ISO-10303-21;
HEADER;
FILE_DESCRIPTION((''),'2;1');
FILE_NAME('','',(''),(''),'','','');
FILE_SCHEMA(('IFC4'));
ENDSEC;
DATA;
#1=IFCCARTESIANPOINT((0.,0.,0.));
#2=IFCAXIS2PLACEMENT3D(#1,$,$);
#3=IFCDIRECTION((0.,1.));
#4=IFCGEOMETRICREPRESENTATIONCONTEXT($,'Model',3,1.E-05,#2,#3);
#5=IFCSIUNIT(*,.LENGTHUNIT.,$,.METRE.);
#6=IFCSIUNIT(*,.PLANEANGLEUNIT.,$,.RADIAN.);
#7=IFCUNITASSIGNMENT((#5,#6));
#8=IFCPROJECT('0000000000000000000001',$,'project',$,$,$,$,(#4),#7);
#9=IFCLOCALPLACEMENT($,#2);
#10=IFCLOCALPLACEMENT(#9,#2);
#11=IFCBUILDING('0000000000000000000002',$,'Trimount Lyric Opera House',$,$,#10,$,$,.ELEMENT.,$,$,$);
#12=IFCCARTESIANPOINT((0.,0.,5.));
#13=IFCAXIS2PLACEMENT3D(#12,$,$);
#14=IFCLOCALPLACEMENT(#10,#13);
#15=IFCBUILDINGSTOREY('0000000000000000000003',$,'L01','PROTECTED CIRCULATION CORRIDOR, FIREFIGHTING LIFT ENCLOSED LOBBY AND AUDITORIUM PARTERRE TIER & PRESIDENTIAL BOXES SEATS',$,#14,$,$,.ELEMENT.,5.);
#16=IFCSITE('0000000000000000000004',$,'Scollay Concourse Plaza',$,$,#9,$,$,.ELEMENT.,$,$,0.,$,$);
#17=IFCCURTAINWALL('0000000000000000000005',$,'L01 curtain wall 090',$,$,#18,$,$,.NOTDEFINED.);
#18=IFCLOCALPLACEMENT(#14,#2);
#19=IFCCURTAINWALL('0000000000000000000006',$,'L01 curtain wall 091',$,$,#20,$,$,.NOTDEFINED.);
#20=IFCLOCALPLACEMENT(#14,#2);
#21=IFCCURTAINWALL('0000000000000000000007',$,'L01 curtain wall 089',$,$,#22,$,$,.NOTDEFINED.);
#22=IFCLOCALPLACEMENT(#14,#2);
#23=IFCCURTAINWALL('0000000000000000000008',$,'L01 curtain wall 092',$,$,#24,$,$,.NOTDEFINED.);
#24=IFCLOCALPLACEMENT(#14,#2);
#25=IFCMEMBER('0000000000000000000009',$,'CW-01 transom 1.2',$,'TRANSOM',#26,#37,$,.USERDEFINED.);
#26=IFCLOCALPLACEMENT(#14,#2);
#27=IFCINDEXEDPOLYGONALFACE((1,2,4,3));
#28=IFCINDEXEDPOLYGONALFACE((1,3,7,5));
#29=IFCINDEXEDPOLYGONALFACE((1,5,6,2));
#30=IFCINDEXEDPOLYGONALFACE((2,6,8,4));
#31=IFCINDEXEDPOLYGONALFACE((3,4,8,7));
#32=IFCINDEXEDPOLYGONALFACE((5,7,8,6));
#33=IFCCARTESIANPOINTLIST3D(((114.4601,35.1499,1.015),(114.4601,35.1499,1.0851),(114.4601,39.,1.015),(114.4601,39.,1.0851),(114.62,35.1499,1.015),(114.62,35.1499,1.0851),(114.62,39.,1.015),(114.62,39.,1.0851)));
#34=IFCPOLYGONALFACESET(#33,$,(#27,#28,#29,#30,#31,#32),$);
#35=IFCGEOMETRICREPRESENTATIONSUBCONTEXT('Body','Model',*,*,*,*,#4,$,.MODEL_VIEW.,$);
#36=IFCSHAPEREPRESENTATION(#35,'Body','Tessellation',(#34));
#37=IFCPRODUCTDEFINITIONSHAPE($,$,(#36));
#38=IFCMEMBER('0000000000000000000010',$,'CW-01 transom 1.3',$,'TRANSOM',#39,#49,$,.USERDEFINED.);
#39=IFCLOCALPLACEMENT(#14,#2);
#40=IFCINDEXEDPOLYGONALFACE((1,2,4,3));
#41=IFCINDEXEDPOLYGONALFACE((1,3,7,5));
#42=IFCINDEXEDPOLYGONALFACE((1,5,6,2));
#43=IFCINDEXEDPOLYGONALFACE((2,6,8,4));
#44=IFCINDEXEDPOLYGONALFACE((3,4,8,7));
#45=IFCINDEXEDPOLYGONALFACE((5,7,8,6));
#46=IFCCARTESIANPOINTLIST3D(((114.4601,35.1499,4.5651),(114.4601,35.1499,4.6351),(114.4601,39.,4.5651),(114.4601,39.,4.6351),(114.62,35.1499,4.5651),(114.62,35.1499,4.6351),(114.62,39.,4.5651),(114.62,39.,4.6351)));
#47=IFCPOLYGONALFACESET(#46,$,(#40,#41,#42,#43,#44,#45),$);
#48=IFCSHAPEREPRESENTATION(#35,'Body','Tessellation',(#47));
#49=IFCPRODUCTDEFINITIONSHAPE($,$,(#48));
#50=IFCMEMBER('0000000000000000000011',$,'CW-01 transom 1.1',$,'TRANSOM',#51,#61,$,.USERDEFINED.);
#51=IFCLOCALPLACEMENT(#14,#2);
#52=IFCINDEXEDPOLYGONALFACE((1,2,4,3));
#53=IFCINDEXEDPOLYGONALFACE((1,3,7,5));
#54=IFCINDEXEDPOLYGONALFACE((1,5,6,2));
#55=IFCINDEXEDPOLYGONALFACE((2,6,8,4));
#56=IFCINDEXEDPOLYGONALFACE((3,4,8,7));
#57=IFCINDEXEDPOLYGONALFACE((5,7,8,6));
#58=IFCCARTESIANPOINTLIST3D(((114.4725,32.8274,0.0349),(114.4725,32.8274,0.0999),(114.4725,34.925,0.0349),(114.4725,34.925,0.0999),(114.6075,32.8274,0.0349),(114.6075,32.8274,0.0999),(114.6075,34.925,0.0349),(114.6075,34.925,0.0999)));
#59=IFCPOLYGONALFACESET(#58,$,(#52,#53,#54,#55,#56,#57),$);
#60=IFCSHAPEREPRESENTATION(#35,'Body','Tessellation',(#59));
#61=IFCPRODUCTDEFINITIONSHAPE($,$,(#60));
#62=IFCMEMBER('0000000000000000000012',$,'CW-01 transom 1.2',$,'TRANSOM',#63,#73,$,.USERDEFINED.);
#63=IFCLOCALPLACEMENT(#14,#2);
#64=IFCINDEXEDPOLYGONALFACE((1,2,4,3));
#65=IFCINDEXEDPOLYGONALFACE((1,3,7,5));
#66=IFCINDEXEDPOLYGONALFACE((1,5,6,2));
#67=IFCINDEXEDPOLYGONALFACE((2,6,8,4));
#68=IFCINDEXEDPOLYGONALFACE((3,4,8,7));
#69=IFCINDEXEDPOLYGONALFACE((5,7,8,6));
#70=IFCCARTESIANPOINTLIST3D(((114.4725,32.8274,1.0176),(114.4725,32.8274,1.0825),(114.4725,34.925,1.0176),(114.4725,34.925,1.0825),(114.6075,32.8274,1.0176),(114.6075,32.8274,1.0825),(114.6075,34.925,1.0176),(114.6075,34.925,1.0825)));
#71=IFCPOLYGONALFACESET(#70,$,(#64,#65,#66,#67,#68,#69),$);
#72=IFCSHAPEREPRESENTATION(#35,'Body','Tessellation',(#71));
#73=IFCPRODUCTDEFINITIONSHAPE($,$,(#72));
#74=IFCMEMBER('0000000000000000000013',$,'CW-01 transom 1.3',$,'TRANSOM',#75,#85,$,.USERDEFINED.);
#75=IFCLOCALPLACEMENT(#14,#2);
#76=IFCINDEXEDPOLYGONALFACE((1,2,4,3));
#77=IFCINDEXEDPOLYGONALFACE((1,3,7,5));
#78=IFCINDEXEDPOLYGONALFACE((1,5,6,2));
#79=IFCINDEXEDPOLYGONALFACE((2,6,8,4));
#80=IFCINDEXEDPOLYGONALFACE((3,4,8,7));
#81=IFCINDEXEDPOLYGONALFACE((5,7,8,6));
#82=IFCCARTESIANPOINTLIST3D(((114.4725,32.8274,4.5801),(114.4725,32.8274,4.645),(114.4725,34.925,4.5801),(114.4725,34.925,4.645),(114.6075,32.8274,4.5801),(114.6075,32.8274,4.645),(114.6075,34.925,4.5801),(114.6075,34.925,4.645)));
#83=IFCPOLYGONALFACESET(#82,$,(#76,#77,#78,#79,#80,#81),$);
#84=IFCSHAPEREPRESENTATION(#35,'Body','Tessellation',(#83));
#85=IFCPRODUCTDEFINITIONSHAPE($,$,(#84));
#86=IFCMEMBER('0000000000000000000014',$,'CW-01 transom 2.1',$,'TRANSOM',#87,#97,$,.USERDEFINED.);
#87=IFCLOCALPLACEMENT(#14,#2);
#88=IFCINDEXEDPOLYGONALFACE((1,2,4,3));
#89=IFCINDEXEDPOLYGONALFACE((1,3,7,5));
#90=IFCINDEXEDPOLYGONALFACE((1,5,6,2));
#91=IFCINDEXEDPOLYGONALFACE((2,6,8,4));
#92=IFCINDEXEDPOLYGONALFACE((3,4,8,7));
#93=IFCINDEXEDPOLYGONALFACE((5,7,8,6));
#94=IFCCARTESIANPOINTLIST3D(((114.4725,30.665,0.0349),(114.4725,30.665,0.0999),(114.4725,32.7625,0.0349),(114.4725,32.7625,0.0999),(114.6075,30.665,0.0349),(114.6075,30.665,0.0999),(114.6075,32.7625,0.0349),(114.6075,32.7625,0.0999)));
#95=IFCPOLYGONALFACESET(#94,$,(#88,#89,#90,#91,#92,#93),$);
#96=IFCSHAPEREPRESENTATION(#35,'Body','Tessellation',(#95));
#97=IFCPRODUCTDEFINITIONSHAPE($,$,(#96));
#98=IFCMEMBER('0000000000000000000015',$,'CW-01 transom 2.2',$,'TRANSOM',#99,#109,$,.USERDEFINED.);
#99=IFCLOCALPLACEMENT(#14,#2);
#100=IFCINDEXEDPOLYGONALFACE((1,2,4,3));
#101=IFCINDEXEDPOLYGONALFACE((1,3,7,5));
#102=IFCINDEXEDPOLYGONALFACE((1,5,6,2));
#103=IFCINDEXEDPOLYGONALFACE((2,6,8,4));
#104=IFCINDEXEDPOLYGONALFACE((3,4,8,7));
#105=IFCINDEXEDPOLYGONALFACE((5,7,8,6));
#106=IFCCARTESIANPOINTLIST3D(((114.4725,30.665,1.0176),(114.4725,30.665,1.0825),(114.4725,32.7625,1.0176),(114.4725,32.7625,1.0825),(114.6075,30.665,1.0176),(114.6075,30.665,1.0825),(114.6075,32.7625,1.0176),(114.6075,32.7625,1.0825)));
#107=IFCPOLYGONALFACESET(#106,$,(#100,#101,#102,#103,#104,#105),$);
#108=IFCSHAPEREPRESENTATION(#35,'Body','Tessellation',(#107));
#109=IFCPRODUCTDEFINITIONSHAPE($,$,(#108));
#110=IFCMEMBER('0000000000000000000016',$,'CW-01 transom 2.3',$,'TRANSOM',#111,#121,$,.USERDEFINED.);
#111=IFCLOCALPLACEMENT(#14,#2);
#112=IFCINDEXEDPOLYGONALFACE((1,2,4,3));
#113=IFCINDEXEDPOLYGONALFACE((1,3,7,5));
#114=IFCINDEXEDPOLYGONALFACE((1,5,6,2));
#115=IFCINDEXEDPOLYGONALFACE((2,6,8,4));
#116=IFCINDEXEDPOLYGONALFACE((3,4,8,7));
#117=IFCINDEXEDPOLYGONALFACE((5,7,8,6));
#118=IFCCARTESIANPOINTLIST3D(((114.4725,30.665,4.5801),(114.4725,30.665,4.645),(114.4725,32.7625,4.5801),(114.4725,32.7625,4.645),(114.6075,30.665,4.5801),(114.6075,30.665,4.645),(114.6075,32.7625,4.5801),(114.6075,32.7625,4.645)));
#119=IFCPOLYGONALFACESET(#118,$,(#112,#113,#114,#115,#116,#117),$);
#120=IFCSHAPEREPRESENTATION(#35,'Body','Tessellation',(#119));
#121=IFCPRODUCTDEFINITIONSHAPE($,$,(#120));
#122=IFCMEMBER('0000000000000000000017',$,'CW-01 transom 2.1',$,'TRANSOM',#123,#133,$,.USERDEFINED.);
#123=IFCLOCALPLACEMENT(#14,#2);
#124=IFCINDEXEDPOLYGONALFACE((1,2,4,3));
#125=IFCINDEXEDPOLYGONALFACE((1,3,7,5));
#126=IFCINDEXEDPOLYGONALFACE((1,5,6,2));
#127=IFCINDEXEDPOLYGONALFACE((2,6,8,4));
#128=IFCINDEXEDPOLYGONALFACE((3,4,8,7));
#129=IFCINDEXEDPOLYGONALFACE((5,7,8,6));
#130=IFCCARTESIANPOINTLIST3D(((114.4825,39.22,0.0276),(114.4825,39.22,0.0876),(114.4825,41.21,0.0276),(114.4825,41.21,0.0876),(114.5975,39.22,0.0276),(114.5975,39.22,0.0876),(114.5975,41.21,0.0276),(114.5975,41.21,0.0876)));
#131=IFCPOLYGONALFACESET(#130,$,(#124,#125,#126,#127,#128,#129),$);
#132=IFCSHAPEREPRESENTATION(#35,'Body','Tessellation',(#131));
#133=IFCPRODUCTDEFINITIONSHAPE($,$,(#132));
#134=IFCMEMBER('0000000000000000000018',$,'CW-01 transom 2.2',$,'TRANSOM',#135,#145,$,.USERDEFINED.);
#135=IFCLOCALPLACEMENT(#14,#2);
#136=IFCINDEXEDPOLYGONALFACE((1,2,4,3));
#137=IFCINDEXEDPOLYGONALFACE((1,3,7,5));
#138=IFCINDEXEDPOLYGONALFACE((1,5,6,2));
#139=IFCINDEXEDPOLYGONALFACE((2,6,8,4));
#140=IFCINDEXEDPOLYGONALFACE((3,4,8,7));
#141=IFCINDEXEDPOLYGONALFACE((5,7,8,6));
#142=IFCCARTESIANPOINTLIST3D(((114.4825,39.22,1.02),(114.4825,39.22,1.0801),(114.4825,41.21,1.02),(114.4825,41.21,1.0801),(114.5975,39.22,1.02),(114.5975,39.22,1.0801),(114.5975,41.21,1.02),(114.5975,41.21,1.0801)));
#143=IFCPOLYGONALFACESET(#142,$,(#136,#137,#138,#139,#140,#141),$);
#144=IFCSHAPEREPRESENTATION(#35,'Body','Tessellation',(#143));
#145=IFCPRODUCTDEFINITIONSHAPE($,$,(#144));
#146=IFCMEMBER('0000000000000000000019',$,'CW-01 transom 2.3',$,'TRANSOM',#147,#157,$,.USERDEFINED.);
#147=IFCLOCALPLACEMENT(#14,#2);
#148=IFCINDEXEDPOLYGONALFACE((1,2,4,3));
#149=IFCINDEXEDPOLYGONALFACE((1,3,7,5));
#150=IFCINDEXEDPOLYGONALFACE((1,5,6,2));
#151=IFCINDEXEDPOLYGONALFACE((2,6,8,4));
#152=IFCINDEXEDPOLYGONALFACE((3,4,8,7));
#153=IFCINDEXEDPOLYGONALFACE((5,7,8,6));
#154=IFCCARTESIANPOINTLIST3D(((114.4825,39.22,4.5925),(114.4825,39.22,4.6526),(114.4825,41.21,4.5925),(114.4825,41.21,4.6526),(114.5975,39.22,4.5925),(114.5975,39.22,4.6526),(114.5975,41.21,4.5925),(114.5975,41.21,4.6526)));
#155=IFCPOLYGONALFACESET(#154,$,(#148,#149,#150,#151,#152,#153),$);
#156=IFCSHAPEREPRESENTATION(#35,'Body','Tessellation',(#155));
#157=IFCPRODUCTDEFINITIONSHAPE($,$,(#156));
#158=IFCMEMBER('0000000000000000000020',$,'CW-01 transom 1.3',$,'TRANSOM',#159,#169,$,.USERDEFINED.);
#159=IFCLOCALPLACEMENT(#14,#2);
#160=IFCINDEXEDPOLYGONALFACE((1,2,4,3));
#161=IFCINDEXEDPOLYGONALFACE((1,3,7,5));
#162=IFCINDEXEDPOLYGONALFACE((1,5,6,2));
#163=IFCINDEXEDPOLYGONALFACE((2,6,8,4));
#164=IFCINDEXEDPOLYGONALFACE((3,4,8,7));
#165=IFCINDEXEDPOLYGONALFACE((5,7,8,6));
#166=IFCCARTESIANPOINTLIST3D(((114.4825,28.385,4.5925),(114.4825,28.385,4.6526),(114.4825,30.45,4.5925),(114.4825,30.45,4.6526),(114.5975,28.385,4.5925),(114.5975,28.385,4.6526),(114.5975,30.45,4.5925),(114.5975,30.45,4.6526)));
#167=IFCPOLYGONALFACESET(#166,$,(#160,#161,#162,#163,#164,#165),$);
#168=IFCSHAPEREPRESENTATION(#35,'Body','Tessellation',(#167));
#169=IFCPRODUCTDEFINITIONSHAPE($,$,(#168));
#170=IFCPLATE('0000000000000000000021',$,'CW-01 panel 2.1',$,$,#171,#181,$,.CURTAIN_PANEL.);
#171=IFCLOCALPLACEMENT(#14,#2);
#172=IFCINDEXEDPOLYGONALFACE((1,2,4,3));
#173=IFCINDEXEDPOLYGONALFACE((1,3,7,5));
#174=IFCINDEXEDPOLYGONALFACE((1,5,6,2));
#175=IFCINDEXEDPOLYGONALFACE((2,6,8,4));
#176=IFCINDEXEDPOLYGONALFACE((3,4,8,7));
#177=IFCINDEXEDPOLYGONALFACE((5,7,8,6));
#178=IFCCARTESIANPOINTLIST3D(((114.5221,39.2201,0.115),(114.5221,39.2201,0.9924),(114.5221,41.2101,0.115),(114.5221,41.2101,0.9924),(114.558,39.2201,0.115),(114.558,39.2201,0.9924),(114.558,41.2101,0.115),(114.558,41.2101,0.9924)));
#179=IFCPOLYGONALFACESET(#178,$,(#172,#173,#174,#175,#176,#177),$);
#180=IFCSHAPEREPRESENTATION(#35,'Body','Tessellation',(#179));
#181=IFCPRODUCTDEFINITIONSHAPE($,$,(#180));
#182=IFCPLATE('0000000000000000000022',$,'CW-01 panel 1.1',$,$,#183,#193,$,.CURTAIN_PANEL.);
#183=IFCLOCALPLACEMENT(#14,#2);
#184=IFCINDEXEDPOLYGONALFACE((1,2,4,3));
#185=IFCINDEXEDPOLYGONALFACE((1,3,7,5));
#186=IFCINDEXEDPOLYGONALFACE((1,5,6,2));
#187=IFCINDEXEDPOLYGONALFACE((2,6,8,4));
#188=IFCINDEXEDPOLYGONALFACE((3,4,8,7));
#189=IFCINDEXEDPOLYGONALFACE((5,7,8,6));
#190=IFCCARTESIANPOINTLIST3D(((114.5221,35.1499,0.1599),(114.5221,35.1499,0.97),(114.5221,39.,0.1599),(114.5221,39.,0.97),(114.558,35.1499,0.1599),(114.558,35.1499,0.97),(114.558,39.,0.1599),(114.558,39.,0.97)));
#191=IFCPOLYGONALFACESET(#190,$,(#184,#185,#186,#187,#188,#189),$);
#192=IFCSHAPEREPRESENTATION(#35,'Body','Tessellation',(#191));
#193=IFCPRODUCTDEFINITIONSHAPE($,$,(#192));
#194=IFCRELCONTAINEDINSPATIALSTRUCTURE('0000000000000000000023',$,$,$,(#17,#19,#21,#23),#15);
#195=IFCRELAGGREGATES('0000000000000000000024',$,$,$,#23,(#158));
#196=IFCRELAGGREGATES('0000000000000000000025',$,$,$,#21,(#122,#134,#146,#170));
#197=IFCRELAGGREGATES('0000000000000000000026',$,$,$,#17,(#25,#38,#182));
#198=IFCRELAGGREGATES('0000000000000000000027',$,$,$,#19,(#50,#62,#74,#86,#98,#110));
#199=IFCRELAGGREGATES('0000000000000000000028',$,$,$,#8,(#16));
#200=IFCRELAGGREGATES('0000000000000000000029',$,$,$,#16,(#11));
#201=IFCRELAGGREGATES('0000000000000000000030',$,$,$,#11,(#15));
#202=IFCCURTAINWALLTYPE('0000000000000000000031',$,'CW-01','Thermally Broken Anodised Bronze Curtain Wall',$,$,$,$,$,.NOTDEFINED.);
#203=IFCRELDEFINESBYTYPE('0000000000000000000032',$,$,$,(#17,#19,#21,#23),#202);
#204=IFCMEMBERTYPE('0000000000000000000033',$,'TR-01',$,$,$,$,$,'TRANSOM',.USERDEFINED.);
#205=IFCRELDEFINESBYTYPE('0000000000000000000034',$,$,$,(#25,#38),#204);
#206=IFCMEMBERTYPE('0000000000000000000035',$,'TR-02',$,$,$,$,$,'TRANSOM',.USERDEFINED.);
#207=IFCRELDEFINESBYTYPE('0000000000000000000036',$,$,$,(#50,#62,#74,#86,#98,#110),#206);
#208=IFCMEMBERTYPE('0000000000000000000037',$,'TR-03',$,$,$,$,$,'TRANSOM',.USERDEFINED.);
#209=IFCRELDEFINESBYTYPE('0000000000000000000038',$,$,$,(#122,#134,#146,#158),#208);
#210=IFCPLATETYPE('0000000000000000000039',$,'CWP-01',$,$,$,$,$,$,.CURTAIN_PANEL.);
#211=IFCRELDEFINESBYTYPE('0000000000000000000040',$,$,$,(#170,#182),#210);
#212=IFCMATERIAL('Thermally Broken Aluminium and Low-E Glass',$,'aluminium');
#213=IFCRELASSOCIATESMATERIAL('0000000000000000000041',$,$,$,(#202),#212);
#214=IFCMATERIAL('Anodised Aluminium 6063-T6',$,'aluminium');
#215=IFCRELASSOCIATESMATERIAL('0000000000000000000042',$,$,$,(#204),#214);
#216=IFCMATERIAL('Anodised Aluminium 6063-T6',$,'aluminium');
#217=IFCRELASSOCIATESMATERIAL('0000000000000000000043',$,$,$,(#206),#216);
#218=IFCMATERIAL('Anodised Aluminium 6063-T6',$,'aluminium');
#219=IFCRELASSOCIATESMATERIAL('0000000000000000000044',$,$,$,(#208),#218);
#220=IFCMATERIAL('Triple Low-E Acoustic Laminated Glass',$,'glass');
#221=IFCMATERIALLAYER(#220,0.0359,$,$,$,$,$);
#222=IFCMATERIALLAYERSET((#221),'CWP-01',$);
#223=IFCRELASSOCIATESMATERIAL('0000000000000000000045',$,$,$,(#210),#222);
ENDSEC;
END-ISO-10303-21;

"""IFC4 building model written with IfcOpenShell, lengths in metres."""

from ifc_helpers import new_model, si_unit, direction, frame, origin, origin_2d, place, context, subcontext, project, spatial, rectangle, extrude, material, layer, layer_set, material_profile, profile_set, type_object, element, aggregate, save


model = new_model("IFC4")

# Units and contexts
model_context = context("Model", 3, precision=1e-05, world=origin(), true_north=direction((0.0, 1.0)))
body_context = subcontext(model_context, "Body", "Model", "MODEL_VIEW")
ifc_project = project(units=[si_unit("LENGTHUNIT", "METRE"), si_unit("PLANEANGLEUNIT", "RADIAN")], contexts=[model_context])

# Site, building, storey
site_placement = place(None, origin())
site = spatial("IfcSite", under=ifc_project, at=site_placement, Name="Scollay Concourse Plaza", CompositionType="ELEMENT", RefElevation=0.0)
building_placement = place(site_placement, origin())
building = spatial("IfcBuilding", under=site, at=building_placement, Name="Trimount Lyric Opera House", CompositionType="ELEMENT")
storey_placement = place(building_placement, frame((0.0, 0.0, 5.0)))
storey = spatial("IfcBuildingStorey", under=building, at=storey_placement, Name="L01", Description="PROTECTED CIRCULATION CORRIDOR, FIREFIGHTING LIFT ENCLOSED LOBBY AND AUDITORIUM PARTERRE TIER & PRESIDENTIAL BOXES SEATS", CompositionType="ELEMENT", Elevation=5.0)

# Curtain walls
ifc_material_1 = material(Name="Thermally Broken Aluminium and Low-E Glass", Category="aluminium")
curtain_wall_type = type_object("IfcCurtainWallType", Name="CW-01", Description="Thermally Broken Anodised Bronze Curtain Wall", PredefinedType="NOTDEFINED", material=ifc_material_1)
curtain_wall_1_placement = place(storey_placement, origin())
curtain_wall_1 = element("IfcCurtainWall", 1, at=curtain_wall_1_placement, inside=storey, type_object=curtain_wall_type, Name="L01 curtain wall 090", PredefinedType="NOTDEFINED")
curtain_wall_2_placement = place(storey_placement, origin())
curtain_wall_2 = element("IfcCurtainWall", 2, at=curtain_wall_2_placement, inside=storey, type_object=curtain_wall_type, Name="L01 curtain wall 091", PredefinedType="NOTDEFINED")
curtain_wall_3_placement = place(storey_placement, origin())
curtain_wall_3 = element("IfcCurtainWall", 3, at=curtain_wall_3_placement, inside=storey, type_object=curtain_wall_type, Name="L01 curtain wall 089", PredefinedType="NOTDEFINED")

# Curtain wall
curtain_wall_4_placement = place(storey_placement, origin())
curtain_wall_4 = element("IfcCurtainWall", 4, at=curtain_wall_4_placement, inside=storey, type_object=curtain_wall_type, Name="L01 curtain wall 092", PredefinedType="NOTDEFINED")

# Members
ifc_material_2 = material(Name="Anodised Aluminium 6063-T6", Category="aluminium")
ifc_material_profile_1 = material_profile(ifc_material_2, rectangle(XDim=0.1599, YDim=0.0701, at=origin_2d()), Name="ALU-TRAN-70X160")
ifc_profile_set_1 = profile_set([ifc_material_profile_1], Name="Anodised Aluminium 6063-T6")
member_type_1 = type_object("IfcMemberType", Name="TR-01", ElementType="TRANSOM", PredefinedType="USERDEFINED", material=ifc_profile_set_1)
member_1_placement = place(storey_placement, frame((114.54, 39.0, 1.05), z_axis=(0.0, -1.0, 0.0), x_axis=(1.0, 0.0, 0.0)))
member_1 = element("IfcMember", 5, at=member_1_placement, type_object=member_type_1, Name="CW-01 transom 1.2", ObjectType="TRANSOM", PredefinedType="USERDEFINED", context=body_context, shape_type="SweptSolid", body=[
    extrude(rectangle(XDim=0.1599, YDim=0.0701, at=origin_2d()), origin(), (0.0, 0.0, 1.0), 3.8501),
])
member_2_placement = place(storey_placement, frame((114.54, 39.0, 4.6001), z_axis=(0.0, -1.0, 0.0), x_axis=(1.0, 0.0, 0.0)))
member_2 = element("IfcMember", 6, at=member_2_placement, type_object=member_type_1, Name="CW-01 transom 1.3", ObjectType="TRANSOM", PredefinedType="USERDEFINED", context=body_context, shape_type="SweptSolid", body=[
    extrude(rectangle(XDim=0.1599, YDim=0.0701, at=origin_2d()), origin(), (0.0, 0.0, 1.0), 3.8501),
])
ifc_material_3 = material(Name="Anodised Aluminium 6063-T6", Category="aluminium")
ifc_material_profile_2 = material_profile(ifc_material_3, rectangle(XDim=0.135, YDim=0.0649, at=origin_2d()), Name="ALU-TRAN-65X135")
ifc_profile_set_2 = profile_set([ifc_material_profile_2], Name="Anodised Aluminium 6063-T6")
member_type_2 = type_object("IfcMemberType", Name="TR-02", ElementType="TRANSOM", PredefinedType="USERDEFINED", material=ifc_profile_set_2)
member_3_placement = place(storey_placement, frame((114.54, 34.925, 0.0674), z_axis=(0.0, -1.0, 0.0), x_axis=(1.0, 0.0, 0.0)))
member_3 = element("IfcMember", 7, at=member_3_placement, type_object=member_type_2, Name="CW-01 transom 1.1", ObjectType="TRANSOM", PredefinedType="USERDEFINED", context=body_context, shape_type="SweptSolid", body=[
    extrude(rectangle(XDim=0.135, YDim=0.0649, at=origin_2d()), origin(), (0.0, 0.0, 1.0), 2.0977),
])
member_4_placement = place(storey_placement, frame((114.54, 34.925, 1.05), z_axis=(0.0, -1.0, 0.0), x_axis=(1.0, 0.0, 0.0)))
member_4 = element("IfcMember", 8, at=member_4_placement, type_object=member_type_2, Name="CW-01 transom 1.2", ObjectType="TRANSOM", PredefinedType="USERDEFINED", context=body_context, shape_type="SweptSolid", body=[
    extrude(rectangle(XDim=0.135, YDim=0.0649, at=origin_2d()), origin(), (0.0, 0.0, 1.0), 2.0977),
])
member_5_placement = place(storey_placement, frame((114.54, 34.925, 4.6125), z_axis=(0.0, -1.0, 0.0), x_axis=(1.0, 0.0, 0.0)))
member_5 = element("IfcMember", 9, at=member_5_placement, type_object=member_type_2, Name="CW-01 transom 1.3", ObjectType="TRANSOM", PredefinedType="USERDEFINED", context=body_context, shape_type="SweptSolid", body=[
    extrude(rectangle(XDim=0.135, YDim=0.0649, at=origin_2d()), origin(), (0.0, 0.0, 1.0), 2.0977),
])
member_6_placement = place(storey_placement, frame((114.54, 32.7625, 0.0674), z_axis=(0.0, -1.0, 0.0), x_axis=(1.0, 0.0, 0.0)))
member_6 = element("IfcMember", 10, at=member_6_placement, type_object=member_type_2, Name="CW-01 transom 2.1", ObjectType="TRANSOM", PredefinedType="USERDEFINED", context=body_context, shape_type="SweptSolid", body=[
    extrude(rectangle(XDim=0.135, YDim=0.0649, at=origin_2d()), origin(), (0.0, 0.0, 1.0), 2.0974),
])
member_7_placement = place(storey_placement, frame((114.54, 32.7625, 1.05), z_axis=(0.0, -1.0, 0.0), x_axis=(1.0, 0.0, 0.0)))
member_7 = element("IfcMember", 11, at=member_7_placement, type_object=member_type_2, Name="CW-01 transom 2.2", ObjectType="TRANSOM", PredefinedType="USERDEFINED", context=body_context, shape_type="SweptSolid", body=[
    extrude(rectangle(XDim=0.135, YDim=0.0649, at=origin_2d()), origin(), (0.0, 0.0, 1.0), 2.0974),
])
member_8_placement = place(storey_placement, frame((114.54, 32.7625, 4.6125), z_axis=(0.0, -1.0, 0.0), x_axis=(1.0, 0.0, 0.0)))
member_8 = element("IfcMember", 12, at=member_8_placement, type_object=member_type_2, Name="CW-01 transom 2.3", ObjectType="TRANSOM", PredefinedType="USERDEFINED", context=body_context, shape_type="SweptSolid", body=[
    extrude(rectangle(XDim=0.135, YDim=0.0649, at=origin_2d()), origin(), (0.0, 0.0, 1.0), 2.0974),
])
ifc_material_4 = material(Name="Anodised Aluminium 6063-T6", Category="aluminium")
ifc_material_profile_3 = material_profile(ifc_material_4, rectangle(XDim=0.115, YDim=0.0601, at=origin_2d()), Name="ALU-TRAN-60X115")
ifc_profile_set_3 = profile_set([ifc_material_profile_3], Name="Anodised Aluminium 6063-T6")
member_type_3 = type_object("IfcMemberType", Name="TR-03", ElementType="TRANSOM", PredefinedType="USERDEFINED", material=ifc_profile_set_3)
member_9_placement = place(storey_placement, frame((114.54, 41.21, 0.0576), z_axis=(0.0, -1.0, 0.0), x_axis=(1.0, 0.0, 0.0)))
member_9 = element("IfcMember", 13, at=member_9_placement, type_object=member_type_3, Name="CW-01 transom 2.1", ObjectType="TRANSOM", PredefinedType="USERDEFINED", context=body_context, shape_type="SweptSolid", body=[
    extrude(rectangle(XDim=0.115, YDim=0.0601, at=origin_2d()), origin(), (0.0, 0.0, 1.0), 1.99),
])
member_10_placement = place(storey_placement, frame((114.54, 41.21, 1.05), z_axis=(0.0, -1.0, 0.0), x_axis=(1.0, 0.0, 0.0)))
member_10 = element("IfcMember", 14, at=member_10_placement, type_object=member_type_3, Name="CW-01 transom 2.2", ObjectType="TRANSOM", PredefinedType="USERDEFINED", context=body_context, shape_type="SweptSolid", body=[
    extrude(rectangle(XDim=0.115, YDim=0.0601, at=origin_2d()), origin(), (0.0, 0.0, 1.0), 1.99),
])
member_11_placement = place(storey_placement, frame((114.54, 41.21, 4.6226), z_axis=(0.0, -1.0, 0.0), x_axis=(1.0, 0.0, 0.0)))
member_11 = element("IfcMember", 15, at=member_11_placement, type_object=member_type_3, Name="CW-01 transom 2.3", ObjectType="TRANSOM", PredefinedType="USERDEFINED", context=body_context, shape_type="SweptSolid", body=[
    extrude(rectangle(XDim=0.115, YDim=0.0601, at=origin_2d()), origin(), (0.0, 0.0, 1.0), 1.99),
])
member_12_placement = place(storey_placement, frame((114.54, 30.45, 4.6226), z_axis=(0.0, -1.0, 0.0), x_axis=(1.0, 0.0, 0.0)))
member_12 = element("IfcMember", 16, at=member_12_placement, type_object=member_type_3, Name="CW-01 transom 1.3", ObjectType="TRANSOM", PredefinedType="USERDEFINED", context=body_context, shape_type="SweptSolid", body=[
    extrude(rectangle(XDim=0.115, YDim=0.0601, at=origin_2d()), origin(), (0.0, 0.0, 1.0), 2.0649),
])
aggregate(curtain_wall_4, [member_12])

# Plates
ifc_material_5 = material(Name="Triple Low-E Acoustic Laminated Glass", Category="glass")
ifc_layer_1 = layer(ifc_material_5, 0.0359)
ifc_layer_set_1 = layer_set([ifc_layer_1], Name="CWP-01")
plate_type_1 = type_object("IfcPlateType", Name="CWP-01", PredefinedType="CURTAIN_PANEL", material=ifc_layer_set_1)
plate_1_placement = place(storey_placement, frame((114.54, 40.2151, 0.115), z_axis=(0.0, 0.0, 1.0), x_axis=(0.0, -1.0, 0.0)))
plate_1 = element("IfcPlate", 17, at=plate_1_placement, type_object=plate_type_1, Name="CW-01 panel 2.1", PredefinedType="CURTAIN_PANEL", context=body_context, shape_type="SweptSolid", body=[
    extrude(rectangle(XDim=1.99, YDim=0.0359, at=origin_2d()), origin(), (0.0, 0.0, 1.0), 0.8774),
])
plate_2_placement = place(storey_placement, frame((114.54, 37.075, 0.1599), z_axis=(0.0, 0.0, 1.0), x_axis=(0.0, -1.0, 0.0)))
plate_2 = element("IfcPlate", 18, at=plate_2_placement, type_object=plate_type_1, Name="CW-01 panel 1.1", PredefinedType="CURTAIN_PANEL", context=body_context, shape_type="SweptSolid", body=[
    extrude(rectangle(XDim=3.8501, YDim=0.0359, at=origin_2d()), origin(), (0.0, 0.0, 1.0), 0.8101),
])
aggregate(curtain_wall_3, [member_9, member_10, member_11, plate_1])
aggregate(curtain_wall_1, [member_1, member_2, plate_2])
aggregate(curtain_wall_2, [member_3, member_4, member_5, member_6, member_7, member_8])

save(model, "model.ifc")
